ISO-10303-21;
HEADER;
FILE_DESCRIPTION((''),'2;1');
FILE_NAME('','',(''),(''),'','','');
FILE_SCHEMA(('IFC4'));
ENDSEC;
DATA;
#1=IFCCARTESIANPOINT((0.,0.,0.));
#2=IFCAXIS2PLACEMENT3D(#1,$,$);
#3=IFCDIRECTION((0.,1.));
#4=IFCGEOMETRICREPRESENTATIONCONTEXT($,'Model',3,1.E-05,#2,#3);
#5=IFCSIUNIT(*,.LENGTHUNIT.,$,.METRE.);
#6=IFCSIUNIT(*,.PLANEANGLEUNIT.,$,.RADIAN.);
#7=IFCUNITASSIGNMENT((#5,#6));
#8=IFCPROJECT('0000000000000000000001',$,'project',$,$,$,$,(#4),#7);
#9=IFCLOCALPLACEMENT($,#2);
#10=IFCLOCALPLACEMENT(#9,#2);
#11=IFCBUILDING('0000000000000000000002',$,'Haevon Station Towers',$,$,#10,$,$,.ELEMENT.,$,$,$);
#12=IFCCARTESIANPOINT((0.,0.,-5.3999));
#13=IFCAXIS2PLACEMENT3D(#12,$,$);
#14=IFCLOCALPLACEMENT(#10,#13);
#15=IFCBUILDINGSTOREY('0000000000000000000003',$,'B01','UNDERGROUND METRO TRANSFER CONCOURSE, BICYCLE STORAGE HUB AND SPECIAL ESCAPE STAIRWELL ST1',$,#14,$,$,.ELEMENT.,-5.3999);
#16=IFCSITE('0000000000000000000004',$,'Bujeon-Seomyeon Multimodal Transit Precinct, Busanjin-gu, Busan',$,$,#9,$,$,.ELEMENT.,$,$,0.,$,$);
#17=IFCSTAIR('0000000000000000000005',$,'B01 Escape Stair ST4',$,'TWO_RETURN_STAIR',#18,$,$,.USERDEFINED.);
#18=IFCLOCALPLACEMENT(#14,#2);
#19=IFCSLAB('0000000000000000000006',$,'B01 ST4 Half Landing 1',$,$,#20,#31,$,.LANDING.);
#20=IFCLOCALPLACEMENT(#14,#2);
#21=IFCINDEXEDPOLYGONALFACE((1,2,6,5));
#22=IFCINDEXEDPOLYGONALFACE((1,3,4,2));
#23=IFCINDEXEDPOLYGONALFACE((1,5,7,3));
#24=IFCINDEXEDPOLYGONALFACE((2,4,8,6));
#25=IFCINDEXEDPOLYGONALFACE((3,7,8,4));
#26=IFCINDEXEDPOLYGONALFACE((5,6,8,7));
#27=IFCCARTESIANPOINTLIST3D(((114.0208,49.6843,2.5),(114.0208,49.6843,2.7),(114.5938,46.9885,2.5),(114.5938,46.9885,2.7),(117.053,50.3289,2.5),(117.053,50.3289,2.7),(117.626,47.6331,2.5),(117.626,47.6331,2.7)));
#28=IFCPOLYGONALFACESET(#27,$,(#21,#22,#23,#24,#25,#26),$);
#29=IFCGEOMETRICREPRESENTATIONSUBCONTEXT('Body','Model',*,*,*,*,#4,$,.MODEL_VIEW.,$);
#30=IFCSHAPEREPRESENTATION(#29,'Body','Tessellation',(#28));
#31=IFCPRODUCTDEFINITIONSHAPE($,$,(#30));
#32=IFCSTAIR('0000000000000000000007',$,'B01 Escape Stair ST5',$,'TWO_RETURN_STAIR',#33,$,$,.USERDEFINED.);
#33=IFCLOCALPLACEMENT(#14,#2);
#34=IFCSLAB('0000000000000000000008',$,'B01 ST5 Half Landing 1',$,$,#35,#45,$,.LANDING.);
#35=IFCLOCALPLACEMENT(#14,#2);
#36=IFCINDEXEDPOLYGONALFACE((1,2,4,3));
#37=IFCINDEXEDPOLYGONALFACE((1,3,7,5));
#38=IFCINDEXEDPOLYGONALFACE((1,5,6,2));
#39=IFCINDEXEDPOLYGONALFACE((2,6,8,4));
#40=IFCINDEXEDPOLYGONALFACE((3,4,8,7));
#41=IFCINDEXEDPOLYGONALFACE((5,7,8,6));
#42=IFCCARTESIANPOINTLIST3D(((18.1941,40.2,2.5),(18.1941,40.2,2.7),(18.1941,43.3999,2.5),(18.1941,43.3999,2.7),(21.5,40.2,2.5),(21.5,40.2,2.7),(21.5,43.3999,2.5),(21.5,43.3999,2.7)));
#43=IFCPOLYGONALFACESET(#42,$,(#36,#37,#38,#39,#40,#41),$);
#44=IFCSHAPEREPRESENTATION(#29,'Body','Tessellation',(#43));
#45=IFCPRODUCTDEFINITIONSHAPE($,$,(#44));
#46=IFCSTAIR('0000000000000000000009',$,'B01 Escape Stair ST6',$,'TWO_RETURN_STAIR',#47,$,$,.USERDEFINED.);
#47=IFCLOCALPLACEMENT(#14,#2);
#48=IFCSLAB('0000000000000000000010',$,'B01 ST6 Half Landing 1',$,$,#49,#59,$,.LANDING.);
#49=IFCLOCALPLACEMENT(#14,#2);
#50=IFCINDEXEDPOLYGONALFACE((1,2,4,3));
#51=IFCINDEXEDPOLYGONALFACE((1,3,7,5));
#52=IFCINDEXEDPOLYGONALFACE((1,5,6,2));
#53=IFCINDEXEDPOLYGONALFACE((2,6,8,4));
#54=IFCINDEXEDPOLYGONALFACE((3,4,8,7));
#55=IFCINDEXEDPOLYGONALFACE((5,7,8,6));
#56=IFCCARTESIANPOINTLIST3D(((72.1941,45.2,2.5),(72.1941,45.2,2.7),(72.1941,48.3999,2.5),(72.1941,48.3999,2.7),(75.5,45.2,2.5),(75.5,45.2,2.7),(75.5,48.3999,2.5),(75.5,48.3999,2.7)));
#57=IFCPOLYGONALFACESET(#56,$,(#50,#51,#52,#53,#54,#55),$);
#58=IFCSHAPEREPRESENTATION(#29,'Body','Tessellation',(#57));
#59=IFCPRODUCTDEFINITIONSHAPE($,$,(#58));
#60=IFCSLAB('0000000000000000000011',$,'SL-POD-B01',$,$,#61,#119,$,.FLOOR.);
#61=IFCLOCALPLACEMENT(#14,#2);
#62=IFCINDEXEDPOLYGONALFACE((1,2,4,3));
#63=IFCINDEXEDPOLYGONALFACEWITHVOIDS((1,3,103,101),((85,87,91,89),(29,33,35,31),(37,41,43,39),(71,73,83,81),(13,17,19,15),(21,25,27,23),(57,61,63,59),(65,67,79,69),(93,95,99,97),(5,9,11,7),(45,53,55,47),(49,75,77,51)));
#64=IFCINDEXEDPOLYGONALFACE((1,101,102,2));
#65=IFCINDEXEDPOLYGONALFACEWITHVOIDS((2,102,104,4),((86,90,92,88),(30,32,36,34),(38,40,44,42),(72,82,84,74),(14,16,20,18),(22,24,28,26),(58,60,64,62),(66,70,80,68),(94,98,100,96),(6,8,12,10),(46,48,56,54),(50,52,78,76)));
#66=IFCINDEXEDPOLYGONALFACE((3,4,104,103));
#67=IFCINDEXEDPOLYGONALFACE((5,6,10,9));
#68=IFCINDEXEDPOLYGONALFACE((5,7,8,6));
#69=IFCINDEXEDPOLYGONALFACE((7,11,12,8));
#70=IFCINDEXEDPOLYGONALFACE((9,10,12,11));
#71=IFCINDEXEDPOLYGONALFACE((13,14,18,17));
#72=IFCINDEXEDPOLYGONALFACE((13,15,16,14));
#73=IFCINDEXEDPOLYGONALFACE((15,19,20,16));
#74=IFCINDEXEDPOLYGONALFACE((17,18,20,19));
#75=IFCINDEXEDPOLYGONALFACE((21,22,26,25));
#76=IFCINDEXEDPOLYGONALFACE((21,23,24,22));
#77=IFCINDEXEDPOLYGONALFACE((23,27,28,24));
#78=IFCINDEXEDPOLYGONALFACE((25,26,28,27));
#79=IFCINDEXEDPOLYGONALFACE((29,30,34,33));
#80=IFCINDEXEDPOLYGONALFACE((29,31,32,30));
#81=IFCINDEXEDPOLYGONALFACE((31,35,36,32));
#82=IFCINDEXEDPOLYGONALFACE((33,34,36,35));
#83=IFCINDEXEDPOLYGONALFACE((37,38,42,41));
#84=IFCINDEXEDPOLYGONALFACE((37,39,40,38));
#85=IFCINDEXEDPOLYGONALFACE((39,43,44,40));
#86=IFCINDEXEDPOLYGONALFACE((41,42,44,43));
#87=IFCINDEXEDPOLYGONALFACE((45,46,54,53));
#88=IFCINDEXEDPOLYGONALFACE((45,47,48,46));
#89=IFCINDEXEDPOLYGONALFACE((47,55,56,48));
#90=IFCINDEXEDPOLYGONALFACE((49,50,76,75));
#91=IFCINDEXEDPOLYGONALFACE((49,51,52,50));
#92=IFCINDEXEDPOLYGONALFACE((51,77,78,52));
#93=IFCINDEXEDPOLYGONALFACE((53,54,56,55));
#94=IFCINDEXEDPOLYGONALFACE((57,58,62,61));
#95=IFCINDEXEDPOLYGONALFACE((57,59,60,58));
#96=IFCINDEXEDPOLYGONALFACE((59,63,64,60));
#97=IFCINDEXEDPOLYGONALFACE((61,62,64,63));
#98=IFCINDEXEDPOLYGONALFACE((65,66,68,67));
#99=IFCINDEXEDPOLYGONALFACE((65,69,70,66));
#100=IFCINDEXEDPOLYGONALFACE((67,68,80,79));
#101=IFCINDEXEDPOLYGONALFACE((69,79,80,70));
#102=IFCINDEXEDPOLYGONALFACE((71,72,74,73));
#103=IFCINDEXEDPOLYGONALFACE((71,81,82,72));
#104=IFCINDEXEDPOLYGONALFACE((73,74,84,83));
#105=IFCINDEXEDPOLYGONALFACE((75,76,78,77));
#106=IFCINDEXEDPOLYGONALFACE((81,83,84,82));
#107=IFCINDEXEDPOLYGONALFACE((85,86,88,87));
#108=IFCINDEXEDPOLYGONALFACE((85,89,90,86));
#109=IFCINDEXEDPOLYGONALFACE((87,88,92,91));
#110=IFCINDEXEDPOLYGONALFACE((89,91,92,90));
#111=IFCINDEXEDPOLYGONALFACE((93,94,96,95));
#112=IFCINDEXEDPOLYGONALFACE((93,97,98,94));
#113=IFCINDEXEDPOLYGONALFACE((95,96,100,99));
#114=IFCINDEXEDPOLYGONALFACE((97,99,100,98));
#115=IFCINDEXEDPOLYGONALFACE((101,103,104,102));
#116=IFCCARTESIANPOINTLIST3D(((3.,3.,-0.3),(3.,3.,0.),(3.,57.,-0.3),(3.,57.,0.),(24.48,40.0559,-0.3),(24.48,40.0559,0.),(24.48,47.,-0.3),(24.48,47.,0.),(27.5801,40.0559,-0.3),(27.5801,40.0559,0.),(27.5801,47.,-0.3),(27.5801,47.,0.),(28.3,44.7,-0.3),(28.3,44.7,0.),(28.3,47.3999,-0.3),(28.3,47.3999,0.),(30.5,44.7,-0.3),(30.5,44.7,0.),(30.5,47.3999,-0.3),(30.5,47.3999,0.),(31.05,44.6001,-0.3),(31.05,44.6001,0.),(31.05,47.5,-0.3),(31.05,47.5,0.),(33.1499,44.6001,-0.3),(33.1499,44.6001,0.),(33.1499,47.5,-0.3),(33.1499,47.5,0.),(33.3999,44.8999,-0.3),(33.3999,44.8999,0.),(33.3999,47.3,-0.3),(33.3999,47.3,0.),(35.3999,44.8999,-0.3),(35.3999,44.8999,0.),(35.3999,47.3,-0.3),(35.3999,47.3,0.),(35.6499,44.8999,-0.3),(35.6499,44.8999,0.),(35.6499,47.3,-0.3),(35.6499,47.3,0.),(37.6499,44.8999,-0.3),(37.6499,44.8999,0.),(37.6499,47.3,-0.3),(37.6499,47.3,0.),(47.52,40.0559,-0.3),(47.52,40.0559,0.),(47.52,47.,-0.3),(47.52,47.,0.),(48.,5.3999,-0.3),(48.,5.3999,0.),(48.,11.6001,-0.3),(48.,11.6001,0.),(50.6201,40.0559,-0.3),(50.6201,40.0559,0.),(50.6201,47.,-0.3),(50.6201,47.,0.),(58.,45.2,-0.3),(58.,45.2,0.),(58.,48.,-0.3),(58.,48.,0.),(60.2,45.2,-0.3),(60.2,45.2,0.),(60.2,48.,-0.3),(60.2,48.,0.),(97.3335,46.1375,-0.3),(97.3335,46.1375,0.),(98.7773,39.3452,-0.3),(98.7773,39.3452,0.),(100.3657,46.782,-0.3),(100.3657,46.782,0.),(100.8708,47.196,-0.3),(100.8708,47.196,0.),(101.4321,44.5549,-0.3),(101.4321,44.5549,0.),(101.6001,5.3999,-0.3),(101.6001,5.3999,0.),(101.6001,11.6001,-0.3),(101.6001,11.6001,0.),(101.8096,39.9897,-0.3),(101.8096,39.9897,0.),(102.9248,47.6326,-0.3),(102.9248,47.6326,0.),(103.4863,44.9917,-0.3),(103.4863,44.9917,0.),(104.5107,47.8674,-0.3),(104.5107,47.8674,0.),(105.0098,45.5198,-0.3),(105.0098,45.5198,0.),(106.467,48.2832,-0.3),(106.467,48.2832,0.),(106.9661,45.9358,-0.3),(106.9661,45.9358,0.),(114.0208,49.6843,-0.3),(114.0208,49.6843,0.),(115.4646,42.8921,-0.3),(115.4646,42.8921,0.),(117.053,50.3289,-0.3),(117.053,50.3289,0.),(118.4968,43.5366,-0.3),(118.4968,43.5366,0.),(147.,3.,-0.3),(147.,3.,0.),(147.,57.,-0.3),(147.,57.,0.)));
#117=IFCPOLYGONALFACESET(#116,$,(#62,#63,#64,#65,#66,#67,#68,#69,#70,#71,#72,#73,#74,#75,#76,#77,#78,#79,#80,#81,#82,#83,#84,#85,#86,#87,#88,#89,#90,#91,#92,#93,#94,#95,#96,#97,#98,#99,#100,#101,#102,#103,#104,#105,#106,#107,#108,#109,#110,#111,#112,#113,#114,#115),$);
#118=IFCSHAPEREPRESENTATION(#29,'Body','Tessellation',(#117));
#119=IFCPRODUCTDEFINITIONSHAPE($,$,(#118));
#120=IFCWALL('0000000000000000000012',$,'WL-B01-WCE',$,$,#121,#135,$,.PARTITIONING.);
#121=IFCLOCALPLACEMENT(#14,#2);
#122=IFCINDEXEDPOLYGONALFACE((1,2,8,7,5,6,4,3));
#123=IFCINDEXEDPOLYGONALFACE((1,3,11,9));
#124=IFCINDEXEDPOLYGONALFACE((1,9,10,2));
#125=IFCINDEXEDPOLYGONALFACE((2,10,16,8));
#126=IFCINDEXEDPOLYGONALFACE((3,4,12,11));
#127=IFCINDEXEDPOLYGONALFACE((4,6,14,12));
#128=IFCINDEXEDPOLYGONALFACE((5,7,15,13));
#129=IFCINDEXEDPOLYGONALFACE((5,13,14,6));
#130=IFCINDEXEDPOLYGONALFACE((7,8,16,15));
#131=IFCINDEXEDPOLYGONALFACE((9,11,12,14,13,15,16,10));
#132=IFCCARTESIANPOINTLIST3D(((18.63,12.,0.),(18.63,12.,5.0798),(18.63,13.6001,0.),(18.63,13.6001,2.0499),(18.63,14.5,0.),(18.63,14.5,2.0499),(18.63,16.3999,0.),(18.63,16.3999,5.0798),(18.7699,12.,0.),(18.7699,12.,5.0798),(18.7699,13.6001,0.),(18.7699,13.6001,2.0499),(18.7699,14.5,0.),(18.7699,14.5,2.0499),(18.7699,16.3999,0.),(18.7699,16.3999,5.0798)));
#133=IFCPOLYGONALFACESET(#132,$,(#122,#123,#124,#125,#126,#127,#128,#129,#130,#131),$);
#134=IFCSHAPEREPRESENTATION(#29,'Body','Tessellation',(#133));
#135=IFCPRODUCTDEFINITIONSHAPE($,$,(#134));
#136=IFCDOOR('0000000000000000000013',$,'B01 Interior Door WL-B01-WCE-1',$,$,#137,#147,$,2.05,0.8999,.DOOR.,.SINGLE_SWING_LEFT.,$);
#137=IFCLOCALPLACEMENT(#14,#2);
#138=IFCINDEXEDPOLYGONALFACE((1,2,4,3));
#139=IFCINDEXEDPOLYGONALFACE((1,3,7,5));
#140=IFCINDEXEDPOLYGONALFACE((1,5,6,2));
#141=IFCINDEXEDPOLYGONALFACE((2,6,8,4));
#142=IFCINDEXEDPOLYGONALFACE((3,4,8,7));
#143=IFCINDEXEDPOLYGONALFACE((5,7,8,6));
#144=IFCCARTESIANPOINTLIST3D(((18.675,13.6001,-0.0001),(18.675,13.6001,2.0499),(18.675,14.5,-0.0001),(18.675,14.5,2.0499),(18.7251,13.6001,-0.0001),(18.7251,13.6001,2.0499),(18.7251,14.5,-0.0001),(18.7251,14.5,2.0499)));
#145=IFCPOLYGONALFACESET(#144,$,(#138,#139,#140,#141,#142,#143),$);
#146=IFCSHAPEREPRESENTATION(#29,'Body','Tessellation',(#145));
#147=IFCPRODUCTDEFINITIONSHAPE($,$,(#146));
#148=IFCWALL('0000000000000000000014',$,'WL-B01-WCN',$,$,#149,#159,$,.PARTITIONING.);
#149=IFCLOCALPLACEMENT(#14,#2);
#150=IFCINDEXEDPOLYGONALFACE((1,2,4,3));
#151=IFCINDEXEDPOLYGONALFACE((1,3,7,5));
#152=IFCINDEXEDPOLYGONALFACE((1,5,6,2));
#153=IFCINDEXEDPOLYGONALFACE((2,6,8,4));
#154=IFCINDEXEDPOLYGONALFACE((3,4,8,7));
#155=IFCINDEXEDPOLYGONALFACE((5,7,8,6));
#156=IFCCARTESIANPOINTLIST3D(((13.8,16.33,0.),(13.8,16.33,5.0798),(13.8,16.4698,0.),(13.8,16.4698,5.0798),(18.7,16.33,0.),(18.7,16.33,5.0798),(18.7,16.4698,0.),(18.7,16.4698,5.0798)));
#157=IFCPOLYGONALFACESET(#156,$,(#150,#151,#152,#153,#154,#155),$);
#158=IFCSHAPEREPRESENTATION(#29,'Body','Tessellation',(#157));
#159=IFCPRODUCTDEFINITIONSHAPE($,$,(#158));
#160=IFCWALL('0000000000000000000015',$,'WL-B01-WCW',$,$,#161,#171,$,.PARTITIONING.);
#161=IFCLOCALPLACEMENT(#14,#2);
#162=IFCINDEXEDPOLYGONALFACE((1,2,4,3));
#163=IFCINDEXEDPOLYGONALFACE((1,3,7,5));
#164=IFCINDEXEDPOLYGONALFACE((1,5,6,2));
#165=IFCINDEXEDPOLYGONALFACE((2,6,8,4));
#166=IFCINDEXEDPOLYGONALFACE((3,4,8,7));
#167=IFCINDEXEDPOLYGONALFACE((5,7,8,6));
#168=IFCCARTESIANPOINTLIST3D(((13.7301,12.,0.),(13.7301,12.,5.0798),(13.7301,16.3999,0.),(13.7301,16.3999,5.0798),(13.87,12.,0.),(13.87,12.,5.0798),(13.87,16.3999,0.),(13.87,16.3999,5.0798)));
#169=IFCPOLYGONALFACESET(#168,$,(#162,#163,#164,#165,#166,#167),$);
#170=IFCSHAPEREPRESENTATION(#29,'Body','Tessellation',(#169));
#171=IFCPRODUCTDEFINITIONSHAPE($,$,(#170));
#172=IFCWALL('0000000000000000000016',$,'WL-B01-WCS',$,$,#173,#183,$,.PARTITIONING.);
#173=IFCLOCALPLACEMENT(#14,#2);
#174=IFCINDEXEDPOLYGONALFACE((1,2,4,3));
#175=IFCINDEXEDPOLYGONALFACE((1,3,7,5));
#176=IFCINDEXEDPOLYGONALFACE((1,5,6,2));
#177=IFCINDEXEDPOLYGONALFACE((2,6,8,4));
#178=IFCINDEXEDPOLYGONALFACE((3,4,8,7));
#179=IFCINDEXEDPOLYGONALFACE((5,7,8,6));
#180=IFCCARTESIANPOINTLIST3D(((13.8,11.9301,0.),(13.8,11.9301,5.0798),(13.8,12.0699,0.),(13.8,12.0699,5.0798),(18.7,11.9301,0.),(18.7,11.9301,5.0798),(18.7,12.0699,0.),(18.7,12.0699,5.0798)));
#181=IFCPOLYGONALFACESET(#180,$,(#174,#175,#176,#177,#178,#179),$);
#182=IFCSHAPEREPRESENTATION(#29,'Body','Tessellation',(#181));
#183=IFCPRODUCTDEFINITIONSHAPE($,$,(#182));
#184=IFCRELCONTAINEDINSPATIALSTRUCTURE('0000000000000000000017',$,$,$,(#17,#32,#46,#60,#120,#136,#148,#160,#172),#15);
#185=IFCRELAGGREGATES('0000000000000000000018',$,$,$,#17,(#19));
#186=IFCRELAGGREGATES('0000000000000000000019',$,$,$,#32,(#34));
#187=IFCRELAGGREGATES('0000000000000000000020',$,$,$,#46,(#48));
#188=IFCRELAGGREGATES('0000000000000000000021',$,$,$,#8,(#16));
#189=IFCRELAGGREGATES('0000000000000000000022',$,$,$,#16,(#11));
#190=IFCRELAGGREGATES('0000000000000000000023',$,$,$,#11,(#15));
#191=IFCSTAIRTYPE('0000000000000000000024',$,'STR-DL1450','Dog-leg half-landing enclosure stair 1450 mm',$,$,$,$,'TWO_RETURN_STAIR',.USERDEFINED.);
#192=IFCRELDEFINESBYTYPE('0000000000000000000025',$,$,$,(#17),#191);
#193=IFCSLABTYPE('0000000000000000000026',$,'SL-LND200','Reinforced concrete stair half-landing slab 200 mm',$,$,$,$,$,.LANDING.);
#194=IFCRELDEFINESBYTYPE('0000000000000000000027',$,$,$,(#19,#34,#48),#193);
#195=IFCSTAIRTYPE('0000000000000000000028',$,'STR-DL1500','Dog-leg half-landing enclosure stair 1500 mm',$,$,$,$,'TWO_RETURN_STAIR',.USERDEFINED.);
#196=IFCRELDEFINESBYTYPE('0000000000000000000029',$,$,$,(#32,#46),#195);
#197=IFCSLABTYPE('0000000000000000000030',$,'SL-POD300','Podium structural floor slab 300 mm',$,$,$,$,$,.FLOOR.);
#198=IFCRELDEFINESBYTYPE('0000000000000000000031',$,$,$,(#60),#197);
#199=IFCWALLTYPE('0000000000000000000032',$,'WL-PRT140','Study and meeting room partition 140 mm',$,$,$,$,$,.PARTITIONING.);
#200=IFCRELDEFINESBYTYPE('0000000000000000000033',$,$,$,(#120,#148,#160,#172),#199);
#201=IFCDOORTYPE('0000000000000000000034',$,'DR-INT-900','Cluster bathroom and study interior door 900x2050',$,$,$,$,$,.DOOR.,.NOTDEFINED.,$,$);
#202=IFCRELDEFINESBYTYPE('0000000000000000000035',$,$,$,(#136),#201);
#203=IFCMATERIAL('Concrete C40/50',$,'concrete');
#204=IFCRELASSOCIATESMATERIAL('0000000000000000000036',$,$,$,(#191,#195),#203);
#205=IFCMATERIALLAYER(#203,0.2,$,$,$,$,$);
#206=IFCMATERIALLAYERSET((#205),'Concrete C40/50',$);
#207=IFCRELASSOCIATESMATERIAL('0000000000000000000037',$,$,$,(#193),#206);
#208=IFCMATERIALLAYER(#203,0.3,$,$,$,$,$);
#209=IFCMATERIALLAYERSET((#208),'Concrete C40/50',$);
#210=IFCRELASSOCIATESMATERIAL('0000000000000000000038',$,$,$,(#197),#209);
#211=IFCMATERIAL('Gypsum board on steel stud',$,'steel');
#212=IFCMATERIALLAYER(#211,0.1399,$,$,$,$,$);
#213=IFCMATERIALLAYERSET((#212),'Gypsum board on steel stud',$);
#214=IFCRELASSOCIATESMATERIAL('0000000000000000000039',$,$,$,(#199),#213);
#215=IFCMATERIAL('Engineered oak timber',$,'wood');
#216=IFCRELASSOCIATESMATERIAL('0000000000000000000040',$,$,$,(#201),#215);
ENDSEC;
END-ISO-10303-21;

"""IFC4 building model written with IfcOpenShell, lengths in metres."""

from ifc_helpers import new_model, si_unit, direction, frame, frame_2d, origin, place, context, subcontext, project, spatial, polyline, rectangle, outline, extrude, material, layer, layer_set, type_object, element, fill, aggregate, save


model = new_model("IFC4")

# Units and contexts
model_context = context("Model", 3, precision=1e-05, world=origin(), true_north=direction((0.0, 1.0)))
body_context = subcontext(model_context, "Body", "Model", "MODEL_VIEW")
ifc_project = project(units=[si_unit("LENGTHUNIT", "METRE"), si_unit("PLANEANGLEUNIT", "RADIAN")], contexts=[model_context])

# Site, building, storey
site_placement = place(None, origin())
site = spatial("IfcSite", under=ifc_project, at=site_placement, Name="Bujeon-Seomyeon Multimodal Transit Precinct, Busanjin-gu, Busan", CompositionType="ELEMENT", RefElevation=0.0)
building_placement = place(site_placement, origin())
building = spatial("IfcBuilding", under=site, at=building_placement, Name="Haevon Station Towers", CompositionType="ELEMENT")
storey_placement = place(building_placement, frame((0.0, 0.0, -5.3999)))
storey = spatial("IfcBuildingStorey", under=building, at=storey_placement, Name="B01", Description="UNDERGROUND METRO TRANSFER CONCOURSE, BICYCLE STORAGE HUB AND SPECIAL ESCAPE STAIRWELL ST1", CompositionType="ELEMENT", Elevation=-5.3999)

# Stairs, slabs
ifc_material_1 = material(Name="Concrete C40/50", Category="concrete")
stair_type_1 = type_object("IfcStairType", Name="STR-DL1450", Description="Dog-leg half-landing enclosure stair 1450 mm", ElementType="TWO_RETURN_STAIR", PredefinedType="USERDEFINED", material=ifc_material_1)
ifc_layer_1 = layer(ifc_material_1, 0.2)
ifc_layer_set_1 = layer_set([ifc_layer_1], Name="Concrete C40/50")
slab_type_1 = type_object("IfcSlabType", Name="SL-LND200", Description="Reinforced concrete stair half-landing slab 200 mm", PredefinedType="LANDING", material=ifc_layer_set_1)
stair_1_placement = place(storey_placement, origin())
stair_1 = element("IfcStair", 1, at=stair_1_placement, inside=storey, type_object=stair_type_1, Name="B01 Escape Stair ST4", ObjectType="TWO_RETURN_STAIR", PredefinedType="USERDEFINED")
slab_1_placement = place(storey_placement, frame((0.0, 0.0, 2.5)))
slab_1 = element("IfcSlab", 2, at=slab_1_placement, type_object=slab_type_1, Name="B01 ST4 Half Landing 1", PredefinedType="LANDING", context=body_context, shape_type="SweptSolid", body=[
    extrude(outline(polyline([(117.626, 47.6331), (117.053, 50.3289), (114.0208, 49.6843), (114.5938, 46.9885), (117.626, 47.6331)])), origin(), (0.0, 0.0, 1.0), 0.2),
])
aggregate(stair_1, [slab_1])
stair_type_2 = type_object("IfcStairType", Name="STR-DL1500", Description="Dog-leg half-landing enclosure stair 1500 mm", ElementType="TWO_RETURN_STAIR", PredefinedType="USERDEFINED", material=ifc_material_1)
stair_2_placement = place(storey_placement, origin())
stair_2 = element("IfcStair", 3, at=stair_2_placement, inside=storey, type_object=stair_type_2, Name="B01 Escape Stair ST5", ObjectType="TWO_RETURN_STAIR", PredefinedType="USERDEFINED")
slab_2_placement = place(storey_placement, frame((0.0, 0.0, 2.5)))
slab_2 = element("IfcSlab", 4, at=slab_2_placement, type_object=slab_type_1, Name="B01 ST5 Half Landing 1", PredefinedType="LANDING", context=body_context, shape_type="SweptSolid", body=[
    extrude(outline(polyline([(18.1941, 40.2), (21.5, 40.2), (21.5, 43.3999), (18.1941, 43.3999), (18.1941, 40.2)])), origin(), (0.0, 0.0, 1.0), 0.2),
])
aggregate(stair_2, [slab_2])
stair_3_placement = place(storey_placement, origin())
stair_3 = element("IfcStair", 5, at=stair_3_placement, inside=storey, type_object=stair_type_2, Name="B01 Escape Stair ST6", ObjectType="TWO_RETURN_STAIR", PredefinedType="USERDEFINED")
slab_3_placement = place(storey_placement, frame((0.0, 0.0, 2.5)))
slab_3 = element("IfcSlab", 6, at=slab_3_placement, type_object=slab_type_1, Name="B01 ST6 Half Landing 1", PredefinedType="LANDING", context=body_context, shape_type="SweptSolid", body=[
    extrude(outline(polyline([(72.1941, 45.2), (75.5, 45.2), (75.5, 48.3999), (72.1941, 48.3999), (72.1941, 45.2)])), origin(), (0.0, 0.0, 1.0), 0.2),
])
aggregate(stair_3, [slab_3])

# Slab
ifc_layer_2 = layer(ifc_material_1, 0.3)
ifc_layer_set_2 = layer_set([ifc_layer_2], Name="Concrete C40/50")
slab_type_2 = type_object("IfcSlabType", Name="SL-POD300", Description="Podium structural floor slab 300 mm", PredefinedType="FLOOR", material=ifc_layer_set_2)
slab_4_placement = place(storey_placement, frame((0.0, 0.0, -0.3)))
element("IfcSlab", 7, at=slab_4_placement, inside=storey, type_object=slab_type_2, Name="SL-POD-B01", PredefinedType="FLOOR", context=body_context, shape_type="SweptSolid", body=[
    extrude(outline(polyline([(3.0, 3.0), (147.0, 3.0), (147.0, 57.0), (3.0, 57.0), (3.0, 3.0)]), holes=[polyline([(48.0, 5.3999), (101.6001, 5.3999), (101.6001, 11.6001), (48.0, 11.6001), (48.0, 5.3999)]), polyline([(27.5801, 40.0559), (27.5801, 47.0), (24.48, 47.0), (24.48, 40.0559), (27.5801, 40.0559)]), polyline([(50.6201, 40.0559), (50.6201, 47.0), (47.52, 47.0), (47.52, 40.0559), (50.6201, 40.0559)]), polyline([(101.8096, 39.9897), (100.3657, 46.782), (97.3335, 46.1375), (98.7773, 39.3452), (101.8096, 39.9897)]), polyline([(118.4968, 43.5366), (117.053, 50.3289), (114.0208, 49.6843), (115.4646, 42.8921), (118.4968, 43.5366)]), polyline([(28.3, 44.7), (30.5, 44.7), (30.5, 47.3999), (28.3, 47.3999), (28.3, 44.7)]), polyline([(101.4321, 44.5549), (103.4863, 44.9917), (102.9248, 47.6326), (100.8708, 47.196), (101.4321, 44.5549)]), polyline([(31.05, 44.6001), (33.1499, 44.6001), (33.1499, 47.5), (31.05, 47.5), (31.05, 44.6001)]), polyline([(33.3999, 44.8999), (35.3999, 44.8999), (35.3999, 47.3), (33.3999, 47.3), (33.3999, 44.8999)]), polyline([(35.6499, 44.8999), (37.6499, 44.8999), (37.6499, 47.3), (35.6499, 47.3), (35.6499, 44.8999)]), polyline([(105.0098, 45.5198), (106.9661, 45.9358), (106.467, 48.2832), (104.5107, 47.8674), (105.0098, 45.5198)]), polyline([(58.0, 45.2), (60.2, 45.2), (60.2, 48.0), (58.0, 48.0), (58.0, 45.2)])]), origin(), (0.0, 0.0, 1.0), 0.3),
])

# Wall, opening, door
ifc_material_2 = material(Name="Gypsum board on steel stud", Category="steel")
ifc_layer_3 = layer(ifc_material_2, 0.1399)
ifc_layer_set_3 = layer_set([ifc_layer_3], Name="Gypsum board on steel stud")
wall_type_1 = type_object("IfcWallType", Name="WL-PRT140", Description="Study and meeting room partition 140 mm", PredefinedType="PARTITIONING", material=ifc_layer_set_3)
wall_1_placement = place(storey_placement, frame((18.7, 12.0, 0.0), z_axis=(0.0, 0.0, 1.0), x_axis=(0.0, 1.0, 0.0)))
wall_1 = element("IfcWall", 8, at=wall_1_placement, inside=storey, type_object=wall_type_1, Name="WL-B01-WCE", PredefinedType="PARTITIONING", context=body_context, shape_type="SweptSolid", body=[
    extrude(rectangle(XDim=4.3999, YDim=0.1399, at=frame_2d((2.2, 0.0))), origin(), (0.0, 0.0, 1.0), 5.0798),
])
opening_placement = place(wall_1_placement, frame((1.6001, 0.0, 0.0)))
opening = element("IfcOpeningElement", 9, at=opening_placement, cuts=wall_1, PredefinedType="OPENING", context=body_context, shape_type="SweptSolid", body=[
    extrude(rectangle(XDim=0.8999, YDim=2.05, at=frame_2d((0.45, 1.0249))), frame((0.0, 0.0798, 0.0), z_axis=(0.0, -1.0, 0.0), x_axis=(1.0, 0.0, 0.0)), (0.0, 0.0, 1.0), 0.1599),
])
ifc_material_3 = material(Name="Engineered oak timber", Category="wood")
door_type = type_object("IfcDoorType", Name="DR-INT-900", Description="Cluster bathroom and study interior door 900x2050", OperationType="NOTDEFINED", PredefinedType="DOOR", material=ifc_material_3)
door_placement = place(opening_placement, origin())
door = element("IfcDoor", 10, at=door_placement, inside=storey, type_object=door_type, Name="B01 Interior Door WL-B01-WCE-1", OperationType="SINGLE_SWING_LEFT", OverallHeight=2.05, OverallWidth=0.8999, PredefinedType="DOOR", context=body_context, shape_type="SweptSolid", body=[
    extrude(rectangle(XDim=0.8999, YDim=2.05, at=frame_2d((0.45, 1.0249))), frame((0.0, 0.0249, 0.0), z_axis=(0.0, -1.0, 0.0), x_axis=(1.0, 0.0, 0.0)), (0.0, 0.0, 1.0), 0.05),
])
fill(opening, door)

# Walls
wall_2_placement = place(storey_placement, frame((13.8, 16.3999, 0.0), z_axis=(0.0, 0.0, 1.0), x_axis=(1.0, 0.0, 0.0)))
element("IfcWall", 11, at=wall_2_placement, inside=storey, type_object=wall_type_1, Name="WL-B01-WCN", PredefinedType="PARTITIONING", context=body_context, shape_type="SweptSolid", body=[
    extrude(rectangle(XDim=4.8999, YDim=0.1399, at=frame_2d((2.45, 0.0))), origin(), (0.0, 0.0, 1.0), 5.0798),
])
wall_3_placement = place(storey_placement, frame((13.8, 12.0, 0.0), z_axis=(0.0, 0.0, 1.0), x_axis=(0.0, 1.0, 0.0)))
element("IfcWall", 12, at=wall_3_placement, inside=storey, type_object=wall_type_1, Name="WL-B01-WCW", PredefinedType="PARTITIONING", context=body_context, shape_type="SweptSolid", body=[
    extrude(rectangle(XDim=4.3999, YDim=0.1399, at=frame_2d((2.2, 0.0))), origin(), (0.0, 0.0, 1.0), 5.0798),
])
wall_4_placement = place(storey_placement, frame((13.8, 12.0, 0.0), z_axis=(0.0, 0.0, 1.0), x_axis=(1.0, 0.0, 0.0)))
element("IfcWall", 13, at=wall_4_placement, inside=storey, type_object=wall_type_1, Name="WL-B01-WCS", PredefinedType="PARTITIONING", context=body_context, shape_type="SweptSolid", body=[
    extrude(rectangle(XDim=4.8999, YDim=0.1399, at=frame_2d((2.45, 0.0))), origin(), (0.0, 0.0, 1.0), 5.0798),
])

save(model, "model.ifc")
